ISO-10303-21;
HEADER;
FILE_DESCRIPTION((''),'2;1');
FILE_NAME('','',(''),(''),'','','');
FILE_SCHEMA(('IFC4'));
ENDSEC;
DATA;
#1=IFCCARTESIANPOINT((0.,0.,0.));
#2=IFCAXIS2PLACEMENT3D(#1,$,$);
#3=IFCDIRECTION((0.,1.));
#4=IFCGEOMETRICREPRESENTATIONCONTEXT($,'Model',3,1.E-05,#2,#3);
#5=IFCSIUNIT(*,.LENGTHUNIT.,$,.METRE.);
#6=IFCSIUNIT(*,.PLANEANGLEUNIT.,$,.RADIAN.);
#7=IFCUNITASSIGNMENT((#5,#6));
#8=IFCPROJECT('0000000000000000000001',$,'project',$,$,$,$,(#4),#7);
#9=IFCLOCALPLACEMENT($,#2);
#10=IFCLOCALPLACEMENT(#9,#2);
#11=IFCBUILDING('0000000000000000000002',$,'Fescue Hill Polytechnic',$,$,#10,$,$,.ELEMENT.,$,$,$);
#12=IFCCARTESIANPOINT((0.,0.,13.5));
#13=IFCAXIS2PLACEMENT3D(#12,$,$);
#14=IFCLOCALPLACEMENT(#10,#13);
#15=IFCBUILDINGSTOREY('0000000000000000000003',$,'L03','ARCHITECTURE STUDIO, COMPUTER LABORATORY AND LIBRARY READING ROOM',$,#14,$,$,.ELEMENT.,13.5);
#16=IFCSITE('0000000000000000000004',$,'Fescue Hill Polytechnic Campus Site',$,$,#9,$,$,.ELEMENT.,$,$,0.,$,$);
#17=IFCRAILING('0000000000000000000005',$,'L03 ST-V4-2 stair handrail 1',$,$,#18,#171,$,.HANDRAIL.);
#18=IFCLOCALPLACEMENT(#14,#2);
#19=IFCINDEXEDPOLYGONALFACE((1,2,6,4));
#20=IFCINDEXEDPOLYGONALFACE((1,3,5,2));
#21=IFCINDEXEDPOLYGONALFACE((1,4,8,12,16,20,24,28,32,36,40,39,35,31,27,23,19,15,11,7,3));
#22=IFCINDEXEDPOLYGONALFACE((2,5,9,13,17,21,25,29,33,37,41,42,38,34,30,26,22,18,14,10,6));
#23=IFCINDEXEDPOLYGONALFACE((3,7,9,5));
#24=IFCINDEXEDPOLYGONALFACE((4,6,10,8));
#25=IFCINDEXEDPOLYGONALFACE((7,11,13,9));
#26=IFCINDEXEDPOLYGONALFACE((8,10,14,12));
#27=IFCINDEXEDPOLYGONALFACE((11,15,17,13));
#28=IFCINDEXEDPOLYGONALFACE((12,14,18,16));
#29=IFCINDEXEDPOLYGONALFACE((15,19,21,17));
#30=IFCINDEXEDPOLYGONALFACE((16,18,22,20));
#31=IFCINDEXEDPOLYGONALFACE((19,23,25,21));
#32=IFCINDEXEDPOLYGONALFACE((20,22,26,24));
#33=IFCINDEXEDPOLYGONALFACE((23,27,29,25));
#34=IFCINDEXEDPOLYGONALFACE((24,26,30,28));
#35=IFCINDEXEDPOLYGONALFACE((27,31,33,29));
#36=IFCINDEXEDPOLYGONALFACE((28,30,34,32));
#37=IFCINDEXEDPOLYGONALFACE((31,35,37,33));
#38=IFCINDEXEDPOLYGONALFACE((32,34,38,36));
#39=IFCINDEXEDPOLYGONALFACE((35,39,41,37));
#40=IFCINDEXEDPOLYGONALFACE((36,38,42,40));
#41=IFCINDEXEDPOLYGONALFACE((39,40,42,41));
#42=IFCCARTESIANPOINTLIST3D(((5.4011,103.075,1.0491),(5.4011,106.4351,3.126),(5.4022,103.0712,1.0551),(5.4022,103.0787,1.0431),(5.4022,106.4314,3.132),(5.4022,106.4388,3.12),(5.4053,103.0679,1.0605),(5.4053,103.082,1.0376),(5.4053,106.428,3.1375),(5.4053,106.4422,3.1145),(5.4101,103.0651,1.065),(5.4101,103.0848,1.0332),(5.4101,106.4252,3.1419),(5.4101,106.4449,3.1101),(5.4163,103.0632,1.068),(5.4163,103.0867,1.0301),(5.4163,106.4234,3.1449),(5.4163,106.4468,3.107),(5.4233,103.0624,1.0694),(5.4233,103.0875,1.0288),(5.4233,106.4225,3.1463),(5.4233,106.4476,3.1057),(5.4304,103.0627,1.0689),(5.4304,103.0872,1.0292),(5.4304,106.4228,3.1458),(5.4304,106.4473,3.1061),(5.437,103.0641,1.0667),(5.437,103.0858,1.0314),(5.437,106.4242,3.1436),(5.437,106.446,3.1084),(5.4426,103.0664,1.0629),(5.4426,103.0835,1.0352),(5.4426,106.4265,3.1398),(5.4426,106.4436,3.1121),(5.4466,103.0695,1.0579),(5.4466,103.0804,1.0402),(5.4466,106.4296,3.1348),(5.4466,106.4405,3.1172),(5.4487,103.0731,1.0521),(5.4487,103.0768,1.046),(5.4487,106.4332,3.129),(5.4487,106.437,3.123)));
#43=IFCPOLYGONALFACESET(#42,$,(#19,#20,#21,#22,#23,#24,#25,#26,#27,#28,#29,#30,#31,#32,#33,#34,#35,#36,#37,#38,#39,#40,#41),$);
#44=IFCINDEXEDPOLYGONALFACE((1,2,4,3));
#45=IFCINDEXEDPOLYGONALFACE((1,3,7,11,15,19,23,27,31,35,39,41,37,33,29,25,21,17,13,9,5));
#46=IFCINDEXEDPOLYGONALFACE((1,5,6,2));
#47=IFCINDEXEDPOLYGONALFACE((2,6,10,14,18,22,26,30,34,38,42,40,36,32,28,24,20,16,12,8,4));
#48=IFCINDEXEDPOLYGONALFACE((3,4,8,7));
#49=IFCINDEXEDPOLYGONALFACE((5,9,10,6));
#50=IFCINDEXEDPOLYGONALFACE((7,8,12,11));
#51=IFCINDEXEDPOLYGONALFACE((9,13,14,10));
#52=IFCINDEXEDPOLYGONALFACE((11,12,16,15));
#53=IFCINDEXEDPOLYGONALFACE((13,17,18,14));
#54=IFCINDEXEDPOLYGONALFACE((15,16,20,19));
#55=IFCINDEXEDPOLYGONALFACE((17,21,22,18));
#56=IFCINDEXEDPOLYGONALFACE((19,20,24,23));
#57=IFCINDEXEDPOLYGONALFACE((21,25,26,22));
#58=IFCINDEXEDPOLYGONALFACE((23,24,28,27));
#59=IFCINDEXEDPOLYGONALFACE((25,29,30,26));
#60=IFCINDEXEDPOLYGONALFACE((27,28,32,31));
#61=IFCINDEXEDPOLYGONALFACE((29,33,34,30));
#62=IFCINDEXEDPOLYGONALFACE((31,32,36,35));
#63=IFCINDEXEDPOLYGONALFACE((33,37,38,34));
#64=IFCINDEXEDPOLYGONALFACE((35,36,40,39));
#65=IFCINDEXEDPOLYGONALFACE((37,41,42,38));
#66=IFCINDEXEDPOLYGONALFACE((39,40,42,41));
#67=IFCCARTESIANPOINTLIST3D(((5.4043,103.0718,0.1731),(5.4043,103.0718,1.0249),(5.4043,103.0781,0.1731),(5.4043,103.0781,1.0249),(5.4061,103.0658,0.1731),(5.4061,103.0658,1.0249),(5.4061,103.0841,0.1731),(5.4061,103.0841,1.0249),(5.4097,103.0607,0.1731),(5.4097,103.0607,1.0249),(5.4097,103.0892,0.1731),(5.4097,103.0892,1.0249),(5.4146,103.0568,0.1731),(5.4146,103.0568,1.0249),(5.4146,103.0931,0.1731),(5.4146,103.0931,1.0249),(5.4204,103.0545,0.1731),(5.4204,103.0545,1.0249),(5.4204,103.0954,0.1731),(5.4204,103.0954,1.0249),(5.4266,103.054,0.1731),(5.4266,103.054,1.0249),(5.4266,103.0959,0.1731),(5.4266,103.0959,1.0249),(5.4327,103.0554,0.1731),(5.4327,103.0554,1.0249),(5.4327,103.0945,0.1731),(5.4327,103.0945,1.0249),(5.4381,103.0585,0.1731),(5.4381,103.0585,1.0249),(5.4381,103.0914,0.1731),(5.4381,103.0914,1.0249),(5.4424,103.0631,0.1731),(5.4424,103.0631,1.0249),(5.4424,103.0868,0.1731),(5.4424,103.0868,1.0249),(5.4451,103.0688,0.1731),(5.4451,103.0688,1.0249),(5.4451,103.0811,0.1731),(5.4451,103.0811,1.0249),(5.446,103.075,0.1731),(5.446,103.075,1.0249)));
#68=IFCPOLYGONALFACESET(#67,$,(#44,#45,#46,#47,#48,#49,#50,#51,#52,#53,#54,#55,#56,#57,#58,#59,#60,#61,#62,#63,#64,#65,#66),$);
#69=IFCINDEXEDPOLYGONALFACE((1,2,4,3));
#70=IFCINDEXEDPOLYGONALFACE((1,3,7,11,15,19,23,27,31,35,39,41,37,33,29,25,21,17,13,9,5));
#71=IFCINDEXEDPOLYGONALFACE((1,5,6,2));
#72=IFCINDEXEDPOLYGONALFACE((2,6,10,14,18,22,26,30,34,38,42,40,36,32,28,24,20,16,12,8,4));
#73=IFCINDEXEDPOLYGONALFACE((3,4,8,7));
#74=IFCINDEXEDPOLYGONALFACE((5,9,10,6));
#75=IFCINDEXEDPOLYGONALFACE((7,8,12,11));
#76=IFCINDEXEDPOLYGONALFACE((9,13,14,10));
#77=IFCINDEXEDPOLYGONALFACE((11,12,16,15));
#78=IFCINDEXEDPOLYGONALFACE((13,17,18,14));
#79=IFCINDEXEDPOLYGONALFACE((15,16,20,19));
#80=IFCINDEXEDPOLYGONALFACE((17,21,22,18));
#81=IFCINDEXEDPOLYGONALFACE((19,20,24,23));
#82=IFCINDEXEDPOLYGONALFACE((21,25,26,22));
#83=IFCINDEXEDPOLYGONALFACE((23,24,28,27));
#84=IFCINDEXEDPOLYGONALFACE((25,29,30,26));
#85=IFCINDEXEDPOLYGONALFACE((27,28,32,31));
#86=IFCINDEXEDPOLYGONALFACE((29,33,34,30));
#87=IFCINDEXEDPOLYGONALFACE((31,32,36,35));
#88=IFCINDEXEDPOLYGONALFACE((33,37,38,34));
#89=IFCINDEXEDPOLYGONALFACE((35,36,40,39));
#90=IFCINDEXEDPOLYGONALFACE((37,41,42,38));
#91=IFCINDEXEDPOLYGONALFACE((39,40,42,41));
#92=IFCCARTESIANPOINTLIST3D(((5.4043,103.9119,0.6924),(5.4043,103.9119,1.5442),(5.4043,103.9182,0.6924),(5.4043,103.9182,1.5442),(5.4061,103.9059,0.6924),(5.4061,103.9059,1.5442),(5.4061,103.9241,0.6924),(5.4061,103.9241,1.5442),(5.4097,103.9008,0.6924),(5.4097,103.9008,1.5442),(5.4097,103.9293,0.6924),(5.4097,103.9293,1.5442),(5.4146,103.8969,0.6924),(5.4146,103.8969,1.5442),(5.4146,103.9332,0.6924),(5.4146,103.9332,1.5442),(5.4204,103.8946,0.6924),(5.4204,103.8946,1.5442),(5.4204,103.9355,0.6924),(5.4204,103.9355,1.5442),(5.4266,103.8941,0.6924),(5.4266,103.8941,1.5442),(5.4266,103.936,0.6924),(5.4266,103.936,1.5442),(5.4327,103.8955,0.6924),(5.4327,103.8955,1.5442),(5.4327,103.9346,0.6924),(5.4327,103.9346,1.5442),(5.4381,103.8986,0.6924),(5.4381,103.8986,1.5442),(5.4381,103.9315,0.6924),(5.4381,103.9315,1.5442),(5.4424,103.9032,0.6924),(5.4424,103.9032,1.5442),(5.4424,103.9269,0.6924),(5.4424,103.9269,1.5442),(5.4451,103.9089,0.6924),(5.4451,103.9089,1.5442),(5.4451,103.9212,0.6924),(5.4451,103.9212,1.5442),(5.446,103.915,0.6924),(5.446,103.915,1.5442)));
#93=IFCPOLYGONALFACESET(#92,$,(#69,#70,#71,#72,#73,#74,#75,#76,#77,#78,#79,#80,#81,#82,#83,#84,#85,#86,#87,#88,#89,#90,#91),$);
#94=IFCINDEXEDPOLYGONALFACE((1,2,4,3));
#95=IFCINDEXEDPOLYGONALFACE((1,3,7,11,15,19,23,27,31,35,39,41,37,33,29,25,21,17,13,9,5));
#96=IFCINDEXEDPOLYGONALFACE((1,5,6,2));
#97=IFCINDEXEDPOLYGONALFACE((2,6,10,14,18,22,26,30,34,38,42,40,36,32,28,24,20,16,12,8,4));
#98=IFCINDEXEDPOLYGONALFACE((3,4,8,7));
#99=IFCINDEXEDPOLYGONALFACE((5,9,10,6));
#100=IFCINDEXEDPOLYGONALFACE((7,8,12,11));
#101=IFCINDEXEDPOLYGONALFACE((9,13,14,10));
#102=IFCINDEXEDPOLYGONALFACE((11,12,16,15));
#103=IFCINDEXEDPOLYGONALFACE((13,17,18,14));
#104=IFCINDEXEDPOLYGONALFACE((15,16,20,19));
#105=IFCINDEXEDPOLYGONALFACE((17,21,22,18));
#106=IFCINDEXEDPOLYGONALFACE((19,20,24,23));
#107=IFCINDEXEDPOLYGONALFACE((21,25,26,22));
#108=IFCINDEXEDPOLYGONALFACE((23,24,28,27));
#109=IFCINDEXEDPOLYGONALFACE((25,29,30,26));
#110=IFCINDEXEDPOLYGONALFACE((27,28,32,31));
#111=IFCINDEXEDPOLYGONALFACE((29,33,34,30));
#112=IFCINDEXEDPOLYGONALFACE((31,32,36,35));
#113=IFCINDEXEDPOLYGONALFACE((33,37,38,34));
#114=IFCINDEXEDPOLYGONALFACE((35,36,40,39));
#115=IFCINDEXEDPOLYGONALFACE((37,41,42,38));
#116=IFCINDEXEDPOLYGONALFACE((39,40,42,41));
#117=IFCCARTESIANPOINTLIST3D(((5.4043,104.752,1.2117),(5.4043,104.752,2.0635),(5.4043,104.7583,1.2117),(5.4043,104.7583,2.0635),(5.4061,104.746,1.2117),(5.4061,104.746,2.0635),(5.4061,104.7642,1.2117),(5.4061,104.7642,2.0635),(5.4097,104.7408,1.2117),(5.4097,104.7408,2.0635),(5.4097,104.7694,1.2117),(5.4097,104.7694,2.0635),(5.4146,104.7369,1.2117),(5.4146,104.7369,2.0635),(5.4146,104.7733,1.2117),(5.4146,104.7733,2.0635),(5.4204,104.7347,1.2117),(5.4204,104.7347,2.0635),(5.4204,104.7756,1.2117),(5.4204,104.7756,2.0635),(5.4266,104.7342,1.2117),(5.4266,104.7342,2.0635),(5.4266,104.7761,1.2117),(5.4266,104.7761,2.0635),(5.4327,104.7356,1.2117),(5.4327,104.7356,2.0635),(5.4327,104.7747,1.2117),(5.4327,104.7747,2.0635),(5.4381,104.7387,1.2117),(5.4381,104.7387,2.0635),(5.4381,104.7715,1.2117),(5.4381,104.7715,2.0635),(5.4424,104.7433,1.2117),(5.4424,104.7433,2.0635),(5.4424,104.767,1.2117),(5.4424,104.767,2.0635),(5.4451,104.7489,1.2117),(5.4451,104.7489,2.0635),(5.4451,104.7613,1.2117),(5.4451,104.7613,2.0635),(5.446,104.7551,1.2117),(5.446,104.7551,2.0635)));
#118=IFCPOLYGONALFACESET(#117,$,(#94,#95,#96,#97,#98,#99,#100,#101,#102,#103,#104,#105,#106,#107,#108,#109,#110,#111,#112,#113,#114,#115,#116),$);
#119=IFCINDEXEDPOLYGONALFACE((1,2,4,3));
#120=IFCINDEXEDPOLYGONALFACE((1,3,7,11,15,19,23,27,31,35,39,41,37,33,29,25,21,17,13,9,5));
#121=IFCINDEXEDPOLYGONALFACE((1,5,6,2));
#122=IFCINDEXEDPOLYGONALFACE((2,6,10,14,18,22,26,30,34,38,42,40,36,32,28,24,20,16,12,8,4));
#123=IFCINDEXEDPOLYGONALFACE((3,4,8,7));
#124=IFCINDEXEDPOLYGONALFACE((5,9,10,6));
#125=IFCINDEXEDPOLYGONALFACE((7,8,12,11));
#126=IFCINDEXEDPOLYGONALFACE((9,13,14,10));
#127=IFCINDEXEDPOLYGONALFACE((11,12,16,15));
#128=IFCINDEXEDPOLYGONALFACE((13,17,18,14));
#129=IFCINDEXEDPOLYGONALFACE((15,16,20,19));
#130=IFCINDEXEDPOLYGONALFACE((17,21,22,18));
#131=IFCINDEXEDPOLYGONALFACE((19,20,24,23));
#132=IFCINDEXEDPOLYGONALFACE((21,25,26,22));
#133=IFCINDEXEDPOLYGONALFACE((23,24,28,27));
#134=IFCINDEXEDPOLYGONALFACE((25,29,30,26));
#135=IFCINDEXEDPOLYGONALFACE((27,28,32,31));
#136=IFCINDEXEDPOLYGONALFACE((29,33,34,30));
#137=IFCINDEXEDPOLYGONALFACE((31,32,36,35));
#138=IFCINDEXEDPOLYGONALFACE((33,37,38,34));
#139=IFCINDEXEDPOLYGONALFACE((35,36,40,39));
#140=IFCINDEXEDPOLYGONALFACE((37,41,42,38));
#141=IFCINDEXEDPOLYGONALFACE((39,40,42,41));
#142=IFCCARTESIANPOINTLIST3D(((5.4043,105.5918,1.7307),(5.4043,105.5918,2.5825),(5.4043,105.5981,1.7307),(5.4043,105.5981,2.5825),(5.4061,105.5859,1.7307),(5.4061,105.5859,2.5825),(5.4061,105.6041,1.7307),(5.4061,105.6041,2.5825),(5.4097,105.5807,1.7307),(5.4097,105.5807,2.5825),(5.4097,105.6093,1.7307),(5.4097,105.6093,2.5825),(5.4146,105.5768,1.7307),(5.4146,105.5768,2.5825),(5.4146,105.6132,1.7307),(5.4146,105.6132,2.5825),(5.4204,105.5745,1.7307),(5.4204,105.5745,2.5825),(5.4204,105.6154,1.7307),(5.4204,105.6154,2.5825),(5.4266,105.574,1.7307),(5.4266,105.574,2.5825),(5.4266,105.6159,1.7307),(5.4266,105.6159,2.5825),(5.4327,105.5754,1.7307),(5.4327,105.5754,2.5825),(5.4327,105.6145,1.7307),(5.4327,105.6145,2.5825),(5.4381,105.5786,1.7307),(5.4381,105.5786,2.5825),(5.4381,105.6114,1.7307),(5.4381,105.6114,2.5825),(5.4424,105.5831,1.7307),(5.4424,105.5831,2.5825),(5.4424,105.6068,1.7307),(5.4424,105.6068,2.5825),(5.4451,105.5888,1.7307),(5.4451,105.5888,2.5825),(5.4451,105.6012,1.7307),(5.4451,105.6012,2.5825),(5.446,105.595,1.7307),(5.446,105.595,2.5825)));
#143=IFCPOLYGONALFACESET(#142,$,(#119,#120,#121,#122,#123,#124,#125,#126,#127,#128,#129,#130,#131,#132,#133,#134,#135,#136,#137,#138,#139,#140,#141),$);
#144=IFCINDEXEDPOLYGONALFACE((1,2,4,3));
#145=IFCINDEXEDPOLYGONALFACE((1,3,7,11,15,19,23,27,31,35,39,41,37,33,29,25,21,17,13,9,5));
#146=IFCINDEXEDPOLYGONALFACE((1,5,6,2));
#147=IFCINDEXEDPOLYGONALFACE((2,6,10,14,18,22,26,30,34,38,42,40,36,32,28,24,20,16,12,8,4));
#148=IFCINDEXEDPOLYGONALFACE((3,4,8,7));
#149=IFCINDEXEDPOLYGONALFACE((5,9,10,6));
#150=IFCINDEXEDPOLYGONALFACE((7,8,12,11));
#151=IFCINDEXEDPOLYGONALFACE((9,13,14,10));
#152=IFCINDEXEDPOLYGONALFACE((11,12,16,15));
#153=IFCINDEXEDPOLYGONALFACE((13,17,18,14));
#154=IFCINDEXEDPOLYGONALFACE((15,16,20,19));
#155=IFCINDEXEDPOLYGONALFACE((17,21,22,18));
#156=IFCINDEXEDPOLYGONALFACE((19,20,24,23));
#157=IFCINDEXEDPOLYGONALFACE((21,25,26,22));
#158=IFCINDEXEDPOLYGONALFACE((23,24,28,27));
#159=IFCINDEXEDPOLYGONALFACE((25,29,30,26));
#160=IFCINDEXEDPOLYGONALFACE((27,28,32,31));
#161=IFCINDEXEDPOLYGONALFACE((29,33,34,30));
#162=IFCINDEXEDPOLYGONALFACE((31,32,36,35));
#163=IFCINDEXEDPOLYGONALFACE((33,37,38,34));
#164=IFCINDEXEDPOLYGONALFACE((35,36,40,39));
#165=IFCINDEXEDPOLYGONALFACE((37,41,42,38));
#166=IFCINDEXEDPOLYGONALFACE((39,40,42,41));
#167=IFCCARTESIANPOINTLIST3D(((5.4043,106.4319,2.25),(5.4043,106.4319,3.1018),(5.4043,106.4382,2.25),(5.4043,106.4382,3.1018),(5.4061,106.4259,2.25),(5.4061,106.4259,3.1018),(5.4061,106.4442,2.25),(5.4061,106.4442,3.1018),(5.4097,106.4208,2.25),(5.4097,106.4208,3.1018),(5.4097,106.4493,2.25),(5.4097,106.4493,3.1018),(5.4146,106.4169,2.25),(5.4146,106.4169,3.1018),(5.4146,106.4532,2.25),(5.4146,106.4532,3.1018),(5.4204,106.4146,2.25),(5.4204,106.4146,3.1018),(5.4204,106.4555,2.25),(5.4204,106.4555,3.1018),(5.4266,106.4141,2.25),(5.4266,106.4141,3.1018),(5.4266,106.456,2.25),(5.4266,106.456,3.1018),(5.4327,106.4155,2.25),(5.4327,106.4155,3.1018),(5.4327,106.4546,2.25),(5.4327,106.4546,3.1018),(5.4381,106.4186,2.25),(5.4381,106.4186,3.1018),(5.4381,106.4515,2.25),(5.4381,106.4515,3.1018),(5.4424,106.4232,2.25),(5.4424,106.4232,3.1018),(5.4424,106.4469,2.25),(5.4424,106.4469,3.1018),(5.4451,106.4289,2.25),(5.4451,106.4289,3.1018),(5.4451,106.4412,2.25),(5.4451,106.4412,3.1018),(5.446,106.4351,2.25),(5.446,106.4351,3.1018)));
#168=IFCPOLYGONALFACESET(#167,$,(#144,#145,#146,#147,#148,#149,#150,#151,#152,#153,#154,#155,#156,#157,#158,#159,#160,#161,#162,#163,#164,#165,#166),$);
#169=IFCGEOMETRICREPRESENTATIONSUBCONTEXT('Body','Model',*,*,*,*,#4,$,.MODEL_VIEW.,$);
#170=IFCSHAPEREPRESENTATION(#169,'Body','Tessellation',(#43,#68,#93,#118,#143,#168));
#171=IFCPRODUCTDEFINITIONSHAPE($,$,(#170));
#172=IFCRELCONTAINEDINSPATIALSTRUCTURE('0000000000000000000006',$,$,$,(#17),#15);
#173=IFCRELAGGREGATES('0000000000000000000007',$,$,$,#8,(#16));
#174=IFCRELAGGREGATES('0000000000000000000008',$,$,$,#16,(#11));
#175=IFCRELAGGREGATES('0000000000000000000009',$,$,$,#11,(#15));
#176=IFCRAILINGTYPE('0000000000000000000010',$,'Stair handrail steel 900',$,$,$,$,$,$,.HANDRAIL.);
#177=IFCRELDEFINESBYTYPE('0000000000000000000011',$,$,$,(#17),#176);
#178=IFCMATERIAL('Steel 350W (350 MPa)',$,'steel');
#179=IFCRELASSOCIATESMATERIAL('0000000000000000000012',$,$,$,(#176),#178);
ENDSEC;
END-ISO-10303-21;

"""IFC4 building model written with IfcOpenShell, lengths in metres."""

from ifc_helpers import new_model, si_unit, direction, frame, origin, origin_2d, place, context, subcontext, project, spatial, circle, extrude, material, type_object, element, save


model = new_model("IFC4")

# Units and contexts
model_context = context("Model", 3, precision=1e-05, world=origin(), true_north=direction((0.0, 1.0)))
body_context = subcontext(model_context, "Body", "Model", "MODEL_VIEW")
ifc_project = project(units=[si_unit("LENGTHUNIT", "METRE"), si_unit("PLANEANGLEUNIT", "RADIAN")], contexts=[model_context])

# Site, building, storey
site_placement = place(None, origin())
site = spatial("IfcSite", under=ifc_project, at=site_placement, Name="Fescue Hill Polytechnic Campus Site", CompositionType="ELEMENT", RefElevation=0.0)
building_placement = place(site_placement, origin())
building = spatial("IfcBuilding", under=site, at=building_placement, Name="Fescue Hill Polytechnic", CompositionType="ELEMENT")
storey_placement = place(building_placement, frame((0.0, 0.0, 13.5)))
storey = spatial("IfcBuildingStorey", under=building, at=storey_placement, Name="L03", Description="ARCHITECTURE STUDIO, COMPUTER LABORATORY AND LIBRARY READING ROOM", CompositionType="ELEMENT", Elevation=13.5)

# Railing
ifc_material_1 = material(Name="Steel 350W (350 MPa)", Category="steel")
railing_type_1 = type_object("IfcRailingType", Name="Stair handrail steel 900", PredefinedType="HANDRAIL", material=ifc_material_1)
for number, where, name in (
    (1, (5.425, 103.075, 0.1731), "L03 ST-V4-2 stair handrail 1"),
):
    element("IfcRailing", number, at=place(storey_placement, frame(where)), inside=storey, type_object=railing_type_1, Name=name, PredefinedType="HANDRAIL", context=body_context, shape_type="SweptSolid", body=[
        extrude(circle(Radius=0.0239, at=origin_2d()), frame((0.0, 0.0, 0.876), z_axis=(0.0, 0.850623, 0.525776), x_axis=(-1.0, 0.0, 0.0)), (0.0, 0.0, 1.0), 3.9502),
        extrude(circle(Radius=0.021, at=origin_2d()), origin(), (0.0, 0.0, 1.0), 0.8518),
        extrude(circle(Radius=0.021, at=origin_2d()), frame((0.0, 0.8401, 0.5193)), (0.0, 0.0, 1.0), 0.8518),
        extrude(circle(Radius=0.021, at=origin_2d()), frame((0.0, 1.6802, 1.0386)), (0.0, 0.0, 1.0), 0.8518),
        extrude(circle(Radius=0.021, at=origin_2d()), frame((0.0, 2.52, 1.5576)), (0.0, 0.0, 1.0), 0.8518),
        extrude(circle(Radius=0.021, at=origin_2d()), frame((0.0, 3.3601, 2.0769)), (0.0, 0.0, 1.0), 0.8518),
    ])

save(model, "model.ifc")
